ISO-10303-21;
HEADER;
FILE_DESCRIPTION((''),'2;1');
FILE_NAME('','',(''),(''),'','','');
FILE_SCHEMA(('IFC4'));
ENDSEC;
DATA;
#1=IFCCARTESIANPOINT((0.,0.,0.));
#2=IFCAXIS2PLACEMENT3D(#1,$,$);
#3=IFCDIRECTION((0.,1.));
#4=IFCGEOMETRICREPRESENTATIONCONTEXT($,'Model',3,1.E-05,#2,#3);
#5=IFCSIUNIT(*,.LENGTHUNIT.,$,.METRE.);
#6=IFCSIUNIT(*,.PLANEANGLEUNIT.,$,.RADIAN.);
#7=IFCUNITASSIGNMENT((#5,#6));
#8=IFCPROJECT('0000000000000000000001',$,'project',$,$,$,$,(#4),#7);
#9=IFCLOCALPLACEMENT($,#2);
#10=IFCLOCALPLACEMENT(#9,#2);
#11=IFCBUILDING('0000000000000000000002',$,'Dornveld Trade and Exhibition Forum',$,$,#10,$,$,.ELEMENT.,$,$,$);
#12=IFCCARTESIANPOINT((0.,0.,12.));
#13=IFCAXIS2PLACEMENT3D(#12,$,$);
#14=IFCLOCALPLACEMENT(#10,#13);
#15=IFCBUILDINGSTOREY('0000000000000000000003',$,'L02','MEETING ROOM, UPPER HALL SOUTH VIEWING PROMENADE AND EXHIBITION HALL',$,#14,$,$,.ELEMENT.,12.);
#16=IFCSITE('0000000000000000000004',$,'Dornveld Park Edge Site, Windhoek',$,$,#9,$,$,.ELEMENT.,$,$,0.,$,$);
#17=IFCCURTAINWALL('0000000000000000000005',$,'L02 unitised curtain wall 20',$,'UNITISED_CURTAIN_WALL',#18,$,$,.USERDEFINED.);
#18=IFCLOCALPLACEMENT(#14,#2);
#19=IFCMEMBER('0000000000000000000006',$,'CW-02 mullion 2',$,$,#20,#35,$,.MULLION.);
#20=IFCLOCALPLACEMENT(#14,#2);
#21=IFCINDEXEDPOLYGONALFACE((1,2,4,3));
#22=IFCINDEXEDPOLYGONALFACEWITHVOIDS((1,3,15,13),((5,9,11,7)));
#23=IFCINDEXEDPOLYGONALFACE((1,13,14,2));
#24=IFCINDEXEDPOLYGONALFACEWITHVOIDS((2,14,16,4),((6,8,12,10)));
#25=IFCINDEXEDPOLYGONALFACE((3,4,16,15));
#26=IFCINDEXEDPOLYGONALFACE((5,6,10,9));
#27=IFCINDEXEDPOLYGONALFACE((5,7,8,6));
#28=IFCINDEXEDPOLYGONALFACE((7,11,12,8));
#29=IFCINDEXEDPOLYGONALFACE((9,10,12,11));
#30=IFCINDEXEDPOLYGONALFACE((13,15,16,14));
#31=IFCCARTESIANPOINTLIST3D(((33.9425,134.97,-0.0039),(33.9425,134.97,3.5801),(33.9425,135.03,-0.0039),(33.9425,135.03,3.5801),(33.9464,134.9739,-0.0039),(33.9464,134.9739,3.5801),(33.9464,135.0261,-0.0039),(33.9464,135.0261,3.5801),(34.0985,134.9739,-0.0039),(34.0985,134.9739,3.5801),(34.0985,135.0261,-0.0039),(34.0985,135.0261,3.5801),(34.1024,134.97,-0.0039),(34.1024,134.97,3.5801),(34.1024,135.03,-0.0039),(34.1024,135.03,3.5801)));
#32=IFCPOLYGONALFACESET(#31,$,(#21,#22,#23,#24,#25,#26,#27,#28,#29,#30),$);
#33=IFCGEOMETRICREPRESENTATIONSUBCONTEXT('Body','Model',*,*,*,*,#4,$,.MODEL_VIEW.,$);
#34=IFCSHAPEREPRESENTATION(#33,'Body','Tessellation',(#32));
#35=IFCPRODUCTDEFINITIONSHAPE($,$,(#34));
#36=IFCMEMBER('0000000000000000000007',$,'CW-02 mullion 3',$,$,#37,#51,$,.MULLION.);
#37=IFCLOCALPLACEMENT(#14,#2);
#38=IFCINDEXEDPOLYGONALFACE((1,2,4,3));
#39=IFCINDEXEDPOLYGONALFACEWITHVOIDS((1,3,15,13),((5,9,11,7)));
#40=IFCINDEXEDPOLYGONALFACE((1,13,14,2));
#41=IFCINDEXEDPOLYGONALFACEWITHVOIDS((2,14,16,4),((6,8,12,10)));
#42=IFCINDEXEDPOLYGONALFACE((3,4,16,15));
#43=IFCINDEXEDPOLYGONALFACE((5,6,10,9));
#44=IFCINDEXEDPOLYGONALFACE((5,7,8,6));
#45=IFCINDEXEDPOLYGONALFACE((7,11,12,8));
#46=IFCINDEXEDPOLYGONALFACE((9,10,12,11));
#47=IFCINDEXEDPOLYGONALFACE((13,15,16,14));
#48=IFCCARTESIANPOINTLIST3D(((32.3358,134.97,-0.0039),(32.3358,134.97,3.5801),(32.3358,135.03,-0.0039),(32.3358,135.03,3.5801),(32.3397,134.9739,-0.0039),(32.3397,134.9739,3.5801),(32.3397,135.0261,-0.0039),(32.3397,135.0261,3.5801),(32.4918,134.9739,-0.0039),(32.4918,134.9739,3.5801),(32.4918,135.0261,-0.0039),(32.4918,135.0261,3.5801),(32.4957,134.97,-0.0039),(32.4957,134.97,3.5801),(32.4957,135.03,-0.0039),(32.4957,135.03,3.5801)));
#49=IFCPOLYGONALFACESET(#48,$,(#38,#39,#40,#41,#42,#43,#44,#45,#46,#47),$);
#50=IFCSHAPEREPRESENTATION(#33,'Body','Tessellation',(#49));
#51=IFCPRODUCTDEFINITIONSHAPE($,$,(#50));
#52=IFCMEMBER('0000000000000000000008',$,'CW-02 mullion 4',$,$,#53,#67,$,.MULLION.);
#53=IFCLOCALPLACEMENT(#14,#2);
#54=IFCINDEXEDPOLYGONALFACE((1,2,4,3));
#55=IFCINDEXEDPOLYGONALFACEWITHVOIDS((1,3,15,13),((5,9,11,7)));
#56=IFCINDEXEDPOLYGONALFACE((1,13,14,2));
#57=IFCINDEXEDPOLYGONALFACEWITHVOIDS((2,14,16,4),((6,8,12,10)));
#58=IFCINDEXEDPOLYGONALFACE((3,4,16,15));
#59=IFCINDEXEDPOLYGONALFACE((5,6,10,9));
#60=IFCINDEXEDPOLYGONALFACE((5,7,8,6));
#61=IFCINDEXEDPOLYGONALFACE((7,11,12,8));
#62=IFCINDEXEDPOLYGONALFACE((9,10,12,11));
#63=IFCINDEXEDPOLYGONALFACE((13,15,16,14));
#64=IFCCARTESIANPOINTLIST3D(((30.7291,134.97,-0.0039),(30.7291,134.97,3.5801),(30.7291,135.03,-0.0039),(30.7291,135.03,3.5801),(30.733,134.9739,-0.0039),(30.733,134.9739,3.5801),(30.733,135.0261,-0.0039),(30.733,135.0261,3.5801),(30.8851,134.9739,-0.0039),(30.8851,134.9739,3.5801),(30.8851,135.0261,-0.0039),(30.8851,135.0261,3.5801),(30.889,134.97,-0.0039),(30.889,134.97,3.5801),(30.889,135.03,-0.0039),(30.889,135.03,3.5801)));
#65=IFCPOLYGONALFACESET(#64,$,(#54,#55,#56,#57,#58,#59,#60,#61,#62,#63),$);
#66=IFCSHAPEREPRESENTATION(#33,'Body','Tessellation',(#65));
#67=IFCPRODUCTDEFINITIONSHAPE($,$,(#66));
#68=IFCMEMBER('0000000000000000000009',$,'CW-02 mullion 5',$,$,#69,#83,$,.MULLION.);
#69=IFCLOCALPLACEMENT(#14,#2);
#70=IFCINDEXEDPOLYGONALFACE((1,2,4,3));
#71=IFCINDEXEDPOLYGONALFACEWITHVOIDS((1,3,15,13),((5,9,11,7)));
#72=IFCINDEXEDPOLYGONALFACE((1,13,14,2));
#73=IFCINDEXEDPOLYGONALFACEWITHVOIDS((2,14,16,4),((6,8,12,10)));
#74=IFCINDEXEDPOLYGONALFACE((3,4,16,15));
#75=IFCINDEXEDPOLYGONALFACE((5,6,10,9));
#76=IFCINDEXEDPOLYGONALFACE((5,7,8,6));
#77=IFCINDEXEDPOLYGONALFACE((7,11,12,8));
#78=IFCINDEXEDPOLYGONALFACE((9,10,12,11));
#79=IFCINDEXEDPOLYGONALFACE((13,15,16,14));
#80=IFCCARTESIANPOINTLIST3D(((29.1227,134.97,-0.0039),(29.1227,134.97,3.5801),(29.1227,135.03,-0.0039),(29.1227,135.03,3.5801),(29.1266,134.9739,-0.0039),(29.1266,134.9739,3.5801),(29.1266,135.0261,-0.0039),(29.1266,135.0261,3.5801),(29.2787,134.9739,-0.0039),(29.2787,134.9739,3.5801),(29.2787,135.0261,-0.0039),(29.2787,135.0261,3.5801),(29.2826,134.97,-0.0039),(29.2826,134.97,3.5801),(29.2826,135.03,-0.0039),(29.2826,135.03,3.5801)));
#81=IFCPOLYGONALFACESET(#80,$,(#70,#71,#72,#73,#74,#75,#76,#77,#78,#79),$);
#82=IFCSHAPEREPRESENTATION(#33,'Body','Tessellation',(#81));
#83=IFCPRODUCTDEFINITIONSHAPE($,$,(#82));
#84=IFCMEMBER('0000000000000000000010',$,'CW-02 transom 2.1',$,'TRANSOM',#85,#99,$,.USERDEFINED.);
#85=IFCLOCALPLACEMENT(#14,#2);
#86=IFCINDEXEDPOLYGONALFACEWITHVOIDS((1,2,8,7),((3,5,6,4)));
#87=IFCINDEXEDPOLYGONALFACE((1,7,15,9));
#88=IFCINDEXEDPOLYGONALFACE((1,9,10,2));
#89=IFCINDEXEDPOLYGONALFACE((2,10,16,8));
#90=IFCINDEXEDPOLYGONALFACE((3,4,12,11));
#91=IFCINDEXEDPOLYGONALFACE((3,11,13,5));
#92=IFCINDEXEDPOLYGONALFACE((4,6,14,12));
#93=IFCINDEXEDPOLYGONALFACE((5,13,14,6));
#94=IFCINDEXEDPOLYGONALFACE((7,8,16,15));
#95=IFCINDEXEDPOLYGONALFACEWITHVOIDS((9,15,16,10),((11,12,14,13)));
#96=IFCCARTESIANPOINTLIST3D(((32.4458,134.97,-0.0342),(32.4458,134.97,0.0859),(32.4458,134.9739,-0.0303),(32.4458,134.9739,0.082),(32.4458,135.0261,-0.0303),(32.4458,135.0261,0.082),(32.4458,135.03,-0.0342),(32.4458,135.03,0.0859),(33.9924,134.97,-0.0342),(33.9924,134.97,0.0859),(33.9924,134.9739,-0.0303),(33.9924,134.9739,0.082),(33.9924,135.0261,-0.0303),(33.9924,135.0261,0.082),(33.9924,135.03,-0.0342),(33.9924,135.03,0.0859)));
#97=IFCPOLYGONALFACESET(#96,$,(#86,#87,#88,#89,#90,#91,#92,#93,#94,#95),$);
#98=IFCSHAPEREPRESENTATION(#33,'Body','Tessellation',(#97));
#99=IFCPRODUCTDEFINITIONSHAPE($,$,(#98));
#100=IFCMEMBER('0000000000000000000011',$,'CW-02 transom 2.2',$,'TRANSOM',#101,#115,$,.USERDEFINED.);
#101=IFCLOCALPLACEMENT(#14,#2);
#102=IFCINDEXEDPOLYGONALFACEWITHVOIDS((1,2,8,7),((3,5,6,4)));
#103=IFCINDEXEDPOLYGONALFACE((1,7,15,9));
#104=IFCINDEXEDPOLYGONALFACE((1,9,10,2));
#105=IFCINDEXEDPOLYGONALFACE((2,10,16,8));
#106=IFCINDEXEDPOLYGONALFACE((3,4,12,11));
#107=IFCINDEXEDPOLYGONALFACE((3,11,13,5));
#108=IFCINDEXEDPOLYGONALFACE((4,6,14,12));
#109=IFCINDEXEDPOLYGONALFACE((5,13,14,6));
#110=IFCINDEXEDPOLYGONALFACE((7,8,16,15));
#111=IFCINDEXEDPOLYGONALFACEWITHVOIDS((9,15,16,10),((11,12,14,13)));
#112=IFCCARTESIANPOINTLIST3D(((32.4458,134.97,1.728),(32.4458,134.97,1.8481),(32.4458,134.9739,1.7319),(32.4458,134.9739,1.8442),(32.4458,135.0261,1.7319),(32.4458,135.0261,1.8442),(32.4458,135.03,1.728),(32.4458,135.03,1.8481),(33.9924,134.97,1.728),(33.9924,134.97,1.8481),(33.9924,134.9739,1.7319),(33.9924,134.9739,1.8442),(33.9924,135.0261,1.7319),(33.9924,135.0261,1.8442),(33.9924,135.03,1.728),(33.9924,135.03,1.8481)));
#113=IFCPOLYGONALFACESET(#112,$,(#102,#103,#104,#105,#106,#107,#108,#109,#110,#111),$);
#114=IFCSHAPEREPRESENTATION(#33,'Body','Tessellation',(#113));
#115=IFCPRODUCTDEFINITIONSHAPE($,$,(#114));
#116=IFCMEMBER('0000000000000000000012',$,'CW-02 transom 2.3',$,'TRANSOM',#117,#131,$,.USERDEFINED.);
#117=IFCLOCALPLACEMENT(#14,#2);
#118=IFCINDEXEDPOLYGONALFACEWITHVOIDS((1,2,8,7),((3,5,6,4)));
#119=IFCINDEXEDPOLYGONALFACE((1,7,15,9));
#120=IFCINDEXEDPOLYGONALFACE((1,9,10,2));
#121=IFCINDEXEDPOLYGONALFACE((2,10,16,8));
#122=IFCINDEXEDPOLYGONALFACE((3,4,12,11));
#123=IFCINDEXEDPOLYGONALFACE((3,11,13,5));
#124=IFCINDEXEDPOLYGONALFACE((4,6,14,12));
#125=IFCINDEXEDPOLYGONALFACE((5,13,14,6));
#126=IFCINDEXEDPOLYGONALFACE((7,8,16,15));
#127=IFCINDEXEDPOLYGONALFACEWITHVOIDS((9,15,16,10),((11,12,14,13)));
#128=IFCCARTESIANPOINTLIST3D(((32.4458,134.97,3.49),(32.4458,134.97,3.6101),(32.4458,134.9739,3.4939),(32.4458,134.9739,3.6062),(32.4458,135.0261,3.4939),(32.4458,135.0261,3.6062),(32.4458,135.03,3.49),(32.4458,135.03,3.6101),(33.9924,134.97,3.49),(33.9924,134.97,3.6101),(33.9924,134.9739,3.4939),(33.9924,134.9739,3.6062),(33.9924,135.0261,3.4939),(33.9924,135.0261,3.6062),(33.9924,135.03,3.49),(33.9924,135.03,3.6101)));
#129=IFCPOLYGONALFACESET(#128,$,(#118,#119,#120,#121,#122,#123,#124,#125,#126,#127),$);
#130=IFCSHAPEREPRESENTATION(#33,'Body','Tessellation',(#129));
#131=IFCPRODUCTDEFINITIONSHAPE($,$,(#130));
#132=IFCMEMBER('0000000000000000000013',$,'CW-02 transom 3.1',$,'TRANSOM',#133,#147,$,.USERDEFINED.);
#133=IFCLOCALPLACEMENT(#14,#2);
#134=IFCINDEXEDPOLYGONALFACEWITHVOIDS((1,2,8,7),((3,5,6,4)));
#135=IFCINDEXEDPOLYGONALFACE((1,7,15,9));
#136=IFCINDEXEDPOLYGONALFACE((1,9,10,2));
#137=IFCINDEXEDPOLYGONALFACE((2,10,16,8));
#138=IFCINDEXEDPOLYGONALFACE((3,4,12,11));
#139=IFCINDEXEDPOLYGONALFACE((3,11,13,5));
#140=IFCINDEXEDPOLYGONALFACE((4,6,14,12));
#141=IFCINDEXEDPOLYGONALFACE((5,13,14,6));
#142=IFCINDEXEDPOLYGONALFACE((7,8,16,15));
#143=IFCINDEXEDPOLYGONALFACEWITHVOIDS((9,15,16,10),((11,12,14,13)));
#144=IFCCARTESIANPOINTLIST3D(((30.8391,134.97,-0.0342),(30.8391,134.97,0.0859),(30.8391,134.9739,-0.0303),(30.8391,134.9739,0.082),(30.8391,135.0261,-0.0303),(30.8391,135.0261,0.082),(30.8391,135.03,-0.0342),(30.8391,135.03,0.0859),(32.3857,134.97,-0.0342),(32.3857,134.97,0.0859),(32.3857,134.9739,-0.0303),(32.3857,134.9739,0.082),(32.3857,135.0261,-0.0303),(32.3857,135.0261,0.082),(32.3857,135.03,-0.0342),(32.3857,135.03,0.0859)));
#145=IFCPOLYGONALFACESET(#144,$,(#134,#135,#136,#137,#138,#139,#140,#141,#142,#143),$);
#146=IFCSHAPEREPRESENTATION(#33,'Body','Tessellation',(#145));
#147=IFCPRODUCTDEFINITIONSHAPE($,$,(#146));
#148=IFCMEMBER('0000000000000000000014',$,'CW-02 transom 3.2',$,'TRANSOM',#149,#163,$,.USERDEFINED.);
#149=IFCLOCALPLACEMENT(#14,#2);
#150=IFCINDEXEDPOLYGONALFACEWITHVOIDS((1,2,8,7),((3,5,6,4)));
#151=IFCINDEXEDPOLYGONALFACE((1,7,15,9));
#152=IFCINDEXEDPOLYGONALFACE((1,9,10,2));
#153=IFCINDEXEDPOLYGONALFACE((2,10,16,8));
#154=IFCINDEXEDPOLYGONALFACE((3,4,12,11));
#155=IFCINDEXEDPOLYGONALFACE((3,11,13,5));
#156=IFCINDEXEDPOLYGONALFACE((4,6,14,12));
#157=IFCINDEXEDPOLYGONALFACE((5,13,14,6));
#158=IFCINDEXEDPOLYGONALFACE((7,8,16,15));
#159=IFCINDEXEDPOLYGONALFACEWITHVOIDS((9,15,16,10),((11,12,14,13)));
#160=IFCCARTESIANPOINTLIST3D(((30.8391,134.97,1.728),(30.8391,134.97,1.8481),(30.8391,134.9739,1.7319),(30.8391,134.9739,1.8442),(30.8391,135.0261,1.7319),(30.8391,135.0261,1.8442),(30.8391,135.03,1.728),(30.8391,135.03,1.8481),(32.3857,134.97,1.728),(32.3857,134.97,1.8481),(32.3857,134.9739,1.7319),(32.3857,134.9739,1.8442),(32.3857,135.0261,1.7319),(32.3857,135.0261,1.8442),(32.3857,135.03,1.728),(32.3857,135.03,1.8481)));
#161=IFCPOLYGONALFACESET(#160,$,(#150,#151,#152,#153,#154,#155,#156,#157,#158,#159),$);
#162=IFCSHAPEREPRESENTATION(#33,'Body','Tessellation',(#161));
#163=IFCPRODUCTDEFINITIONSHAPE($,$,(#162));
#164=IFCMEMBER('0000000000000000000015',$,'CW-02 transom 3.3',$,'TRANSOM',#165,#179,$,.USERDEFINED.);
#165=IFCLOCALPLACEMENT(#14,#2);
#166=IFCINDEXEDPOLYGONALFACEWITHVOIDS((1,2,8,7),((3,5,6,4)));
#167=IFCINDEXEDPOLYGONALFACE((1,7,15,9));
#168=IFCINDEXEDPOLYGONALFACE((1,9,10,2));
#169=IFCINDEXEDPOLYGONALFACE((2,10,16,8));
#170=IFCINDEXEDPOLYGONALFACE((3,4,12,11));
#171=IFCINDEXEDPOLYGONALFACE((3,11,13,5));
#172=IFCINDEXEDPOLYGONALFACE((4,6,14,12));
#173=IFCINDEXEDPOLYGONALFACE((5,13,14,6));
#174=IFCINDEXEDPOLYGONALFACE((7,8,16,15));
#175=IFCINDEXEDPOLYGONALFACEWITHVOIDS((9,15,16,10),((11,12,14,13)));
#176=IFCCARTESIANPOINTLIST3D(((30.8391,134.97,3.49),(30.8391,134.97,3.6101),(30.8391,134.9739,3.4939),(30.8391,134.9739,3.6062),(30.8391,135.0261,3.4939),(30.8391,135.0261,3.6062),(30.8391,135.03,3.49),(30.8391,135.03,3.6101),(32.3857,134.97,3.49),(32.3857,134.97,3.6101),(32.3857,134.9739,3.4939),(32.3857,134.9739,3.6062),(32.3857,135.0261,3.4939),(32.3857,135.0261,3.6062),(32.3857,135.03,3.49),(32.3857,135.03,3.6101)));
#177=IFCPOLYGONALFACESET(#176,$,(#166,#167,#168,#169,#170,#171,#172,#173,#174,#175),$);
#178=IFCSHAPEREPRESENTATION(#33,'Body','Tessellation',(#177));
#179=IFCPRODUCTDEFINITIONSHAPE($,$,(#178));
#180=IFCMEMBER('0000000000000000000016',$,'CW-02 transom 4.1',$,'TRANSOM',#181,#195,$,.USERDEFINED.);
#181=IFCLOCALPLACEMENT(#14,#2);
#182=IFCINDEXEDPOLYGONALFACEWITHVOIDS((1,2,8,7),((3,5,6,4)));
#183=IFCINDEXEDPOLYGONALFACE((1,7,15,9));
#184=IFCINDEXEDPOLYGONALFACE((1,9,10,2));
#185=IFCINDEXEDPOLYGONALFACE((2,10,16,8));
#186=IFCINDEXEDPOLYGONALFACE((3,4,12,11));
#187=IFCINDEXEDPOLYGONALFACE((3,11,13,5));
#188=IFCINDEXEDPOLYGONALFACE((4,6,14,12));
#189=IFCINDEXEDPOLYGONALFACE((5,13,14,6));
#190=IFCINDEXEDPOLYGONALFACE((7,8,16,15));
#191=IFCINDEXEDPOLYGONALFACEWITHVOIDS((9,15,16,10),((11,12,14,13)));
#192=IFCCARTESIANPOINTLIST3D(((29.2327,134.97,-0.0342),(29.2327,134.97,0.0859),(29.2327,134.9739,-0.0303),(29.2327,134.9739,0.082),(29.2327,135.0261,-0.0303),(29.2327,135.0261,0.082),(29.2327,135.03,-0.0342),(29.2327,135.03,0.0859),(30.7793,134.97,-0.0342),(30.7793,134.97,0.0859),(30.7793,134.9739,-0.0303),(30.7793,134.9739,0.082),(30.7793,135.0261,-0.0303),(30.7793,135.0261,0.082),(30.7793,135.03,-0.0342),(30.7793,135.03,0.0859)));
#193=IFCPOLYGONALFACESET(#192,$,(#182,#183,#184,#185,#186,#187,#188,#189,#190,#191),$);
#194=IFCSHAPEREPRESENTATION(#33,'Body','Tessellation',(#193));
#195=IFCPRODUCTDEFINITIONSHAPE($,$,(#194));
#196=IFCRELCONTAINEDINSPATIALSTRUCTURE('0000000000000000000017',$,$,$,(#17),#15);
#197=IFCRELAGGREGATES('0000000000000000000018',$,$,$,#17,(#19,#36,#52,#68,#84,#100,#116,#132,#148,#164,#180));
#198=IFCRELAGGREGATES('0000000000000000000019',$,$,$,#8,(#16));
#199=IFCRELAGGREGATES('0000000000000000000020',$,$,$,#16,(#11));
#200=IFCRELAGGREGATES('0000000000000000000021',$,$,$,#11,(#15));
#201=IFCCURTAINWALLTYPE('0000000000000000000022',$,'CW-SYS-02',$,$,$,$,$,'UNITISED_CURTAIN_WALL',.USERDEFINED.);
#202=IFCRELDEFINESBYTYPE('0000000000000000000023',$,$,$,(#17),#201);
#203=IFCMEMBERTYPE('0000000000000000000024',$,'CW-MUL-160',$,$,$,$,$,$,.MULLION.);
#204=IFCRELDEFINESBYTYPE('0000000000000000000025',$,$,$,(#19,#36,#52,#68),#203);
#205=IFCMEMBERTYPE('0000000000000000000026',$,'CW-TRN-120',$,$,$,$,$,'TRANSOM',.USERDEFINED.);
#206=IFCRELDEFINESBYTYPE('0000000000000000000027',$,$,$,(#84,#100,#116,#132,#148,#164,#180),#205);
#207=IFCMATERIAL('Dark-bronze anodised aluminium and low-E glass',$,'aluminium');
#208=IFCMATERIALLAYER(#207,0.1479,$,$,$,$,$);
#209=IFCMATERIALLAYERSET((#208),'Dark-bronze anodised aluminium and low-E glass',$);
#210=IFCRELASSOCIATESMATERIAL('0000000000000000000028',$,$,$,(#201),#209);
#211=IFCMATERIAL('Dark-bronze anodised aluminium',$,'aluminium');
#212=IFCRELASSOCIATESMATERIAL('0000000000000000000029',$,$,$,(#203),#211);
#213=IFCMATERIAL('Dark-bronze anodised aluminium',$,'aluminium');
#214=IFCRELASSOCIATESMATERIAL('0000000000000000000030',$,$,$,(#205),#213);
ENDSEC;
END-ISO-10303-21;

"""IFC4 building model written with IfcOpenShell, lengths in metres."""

from ifc_helpers import new_model, si_unit, direction, frame, origin, origin_2d, place, context, subcontext, project, spatial, hollow_rectangle, extrude, material, layer, layer_set, material_profile, profile_set, type_object, element, aggregate, save


model = new_model("IFC4")

# Units and contexts
model_context = context("Model", 3, precision=1e-05, world=origin(), true_north=direction((0.0, 1.0)))
body_context = subcontext(model_context, "Body", "Model", "MODEL_VIEW")
ifc_project = project(units=[si_unit("LENGTHUNIT", "METRE"), si_unit("PLANEANGLEUNIT", "RADIAN")], contexts=[model_context])

# Site, building, storey
site_placement = place(None, origin())
site = spatial("IfcSite", under=ifc_project, at=site_placement, Name="Dornveld Park Edge Site, Windhoek", CompositionType="ELEMENT", RefElevation=0.0)
building_placement = place(site_placement, origin())
building = spatial("IfcBuilding", under=site, at=building_placement, Name="Dornveld Trade and Exhibition Forum", CompositionType="ELEMENT")
storey_placement = place(building_placement, frame((0.0, 0.0, 12.0)))
storey = spatial("IfcBuildingStorey", under=building, at=storey_placement, Name="L02", Description="MEETING ROOM, UPPER HALL SOUTH VIEWING PROMENADE AND EXHIBITION HALL", CompositionType="ELEMENT", Elevation=12.0)

# Curtain wall, members
ifc_material_1 = material(Name="Dark-bronze anodised aluminium and low-E glass", Category="aluminium")
ifc_layer_1 = layer(ifc_material_1, 0.1479)
ifc_layer_set_1 = layer_set([ifc_layer_1], Name="Dark-bronze anodised aluminium and low-E glass")
curtain_wall_type = type_object("IfcCurtainWallType", Name="CW-SYS-02", ElementType="UNITISED_CURTAIN_WALL", PredefinedType="USERDEFINED", material=ifc_layer_set_1)
curtain_wall_placement = place(storey_placement, origin())
curtain_wall = element("IfcCurtainWall", 1, at=curtain_wall_placement, inside=storey, type_object=curtain_wall_type, Name="L02 unitised curtain wall 20", ObjectType="UNITISED_CURTAIN_WALL", PredefinedType="USERDEFINED")
ifc_material_2 = material(Name="Dark-bronze anodised aluminium", Category="aluminium")
ifc_material_profile_1 = material_profile(ifc_material_2, hollow_rectangle(XDim=0.0601, YDim=0.1599, WallThickness=0.0039, at=origin_2d()), Name="RHS 160x60x4")
ifc_profile_set_1 = profile_set([ifc_material_profile_1], Name="Dark-bronze anodised aluminium")
member_type_1 = type_object("IfcMemberType", Name="CW-MUL-160", PredefinedType="MULLION", material=ifc_profile_set_1)
member_1_placement = place(storey_placement, frame((34.0225, 135.0, -0.0039), z_axis=(0.0, 0.0, 1.0), x_axis=(0.0, -1.0, 0.0)))
member_1 = element("IfcMember", 2, at=member_1_placement, type_object=member_type_1, Name="CW-02 mullion 2", PredefinedType="MULLION", context=body_context, shape_type="SweptSolid", body=[
    extrude(hollow_rectangle(XDim=0.0601, YDim=0.1599, WallThickness=0.0039, at=origin_2d()), origin(), (0.0, 0.0, 1.0), 3.584),
])
member_2_placement = place(storey_placement, frame((32.4158, 135.0, -0.0039), z_axis=(0.0, 0.0, 1.0), x_axis=(0.0, -1.0, 0.0)))
member_2 = element("IfcMember", 3, at=member_2_placement, type_object=member_type_1, Name="CW-02 mullion 3", PredefinedType="MULLION", context=body_context, shape_type="SweptSolid", body=[
    extrude(hollow_rectangle(XDim=0.0601, YDim=0.1599, WallThickness=0.0039, at=origin_2d()), origin(), (0.0, 0.0, 1.0), 3.584),
])
member_3_placement = place(storey_placement, frame((30.8091, 135.0, -0.0039), z_axis=(0.0, 0.0, 1.0), x_axis=(0.0, -1.0, 0.0)))
member_3 = element("IfcMember", 4, at=member_3_placement, type_object=member_type_1, Name="CW-02 mullion 4", PredefinedType="MULLION", context=body_context, shape_type="SweptSolid", body=[
    extrude(hollow_rectangle(XDim=0.0601, YDim=0.1599, WallThickness=0.0039, at=origin_2d()), origin(), (0.0, 0.0, 1.0), 3.584),
])
member_4_placement = place(storey_placement, frame((29.2026, 135.0, -0.0039), z_axis=(0.0, 0.0, 1.0), x_axis=(0.0, -1.0, 0.0)))
member_4 = element("IfcMember", 5, at=member_4_placement, type_object=member_type_1, Name="CW-02 mullion 5", PredefinedType="MULLION", context=body_context, shape_type="SweptSolid", body=[
    extrude(hollow_rectangle(XDim=0.0601, YDim=0.1599, WallThickness=0.0039, at=origin_2d()), origin(), (0.0, 0.0, 1.0), 3.584),
])
ifc_material_3 = material(Name="Dark-bronze anodised aluminium", Category="aluminium")
ifc_material_profile_2 = material_profile(ifc_material_3, hollow_rectangle(XDim=0.0601, YDim=0.1201, WallThickness=0.0039, at=origin_2d()), Name="RHS 120x60x4")
ifc_profile_set_2 = profile_set([ifc_material_profile_2], Name="Dark-bronze anodised aluminium")
member_type_2 = type_object("IfcMemberType", Name="CW-TRN-120", ElementType="TRANSOM", PredefinedType="USERDEFINED", material=ifc_profile_set_2)
member_5_placement = place(storey_placement, frame((33.9924, 135.0, 0.0259), z_axis=(-1.0, 0.0, 0.0), x_axis=(0.0, -1.0, 0.0)))
member_5 = element("IfcMember", 6, at=member_5_placement, type_object=member_type_2, Name="CW-02 transom 2.1", ObjectType="TRANSOM", PredefinedType="USERDEFINED", context=body_context, shape_type="SweptSolid", body=[
    extrude(hollow_rectangle(XDim=0.0601, YDim=0.1201, WallThickness=0.0039, at=origin_2d()), origin(), (0.0, 0.0, 1.0), 1.5466),
])
member_6_placement = place(storey_placement, frame((33.9924, 135.0, 1.7881), z_axis=(-1.0, 0.0, 0.0), x_axis=(0.0, -1.0, 0.0)))
member_6 = element("IfcMember", 7, at=member_6_placement, type_object=member_type_2, Name="CW-02 transom 2.2", ObjectType="TRANSOM", PredefinedType="USERDEFINED", context=body_context, shape_type="SweptSolid", body=[
    extrude(hollow_rectangle(XDim=0.0601, YDim=0.1201, WallThickness=0.0039, at=origin_2d()), origin(), (0.0, 0.0, 1.0), 1.5466),
])
member_7_placement = place(storey_placement, frame((33.9924, 135.0, 3.55), z_axis=(-1.0, 0.0, 0.0), x_axis=(0.0, -1.0, 0.0)))
member_7 = element("IfcMember", 8, at=member_7_placement, type_object=member_type_2, Name="CW-02 transom 2.3", ObjectType="TRANSOM", PredefinedType="USERDEFINED", context=body_context, shape_type="SweptSolid", body=[
    extrude(hollow_rectangle(XDim=0.0601, YDim=0.1201, WallThickness=0.0039, at=origin_2d()), origin(), (0.0, 0.0, 1.0), 1.5466),
])
member_8_placement = place(storey_placement, frame((32.3857, 135.0, 0.0259), z_axis=(-1.0, 0.0, 0.0), x_axis=(0.0, -1.0, 0.0)))
member_8 = element("IfcMember", 9, at=member_8_placement, type_object=member_type_2, Name="CW-02 transom 3.1", ObjectType="TRANSOM", PredefinedType="USERDEFINED", context=body_context, shape_type="SweptSolid", body=[
    extrude(hollow_rectangle(XDim=0.0601, YDim=0.1201, WallThickness=0.0039, at=origin_2d()), origin(), (0.0, 0.0, 1.0), 1.5466),
])
member_9_placement = place(storey_placement, frame((32.3857, 135.0, 1.7881), z_axis=(-1.0, 0.0, 0.0), x_axis=(0.0, -1.0, 0.0)))
member_9 = element("IfcMember", 10, at=member_9_placement, type_object=member_type_2, Name="CW-02 transom 3.2", ObjectType="TRANSOM", PredefinedType="USERDEFINED", context=body_context, shape_type="SweptSolid", body=[
    extrude(hollow_rectangle(XDim=0.0601, YDim=0.1201, WallThickness=0.0039, at=origin_2d()), origin(), (0.0, 0.0, 1.0), 1.5466),
])
member_10_placement = place(storey_placement, frame((32.3857, 135.0, 3.55), z_axis=(-1.0, 0.0, 0.0), x_axis=(0.0, -1.0, 0.0)))
member_10 = element("IfcMember", 11, at=member_10_placement, type_object=member_type_2, Name="CW-02 transom 3.3", ObjectType="TRANSOM", PredefinedType="USERDEFINED", context=body_context, shape_type="SweptSolid", body=[
    extrude(hollow_rectangle(XDim=0.0601, YDim=0.1201, WallThickness=0.0039, at=origin_2d()), origin(), (0.0, 0.0, 1.0), 1.5466),
])
member_11_placement = place(storey_placement, frame((30.7793, 135.0, 0.0259), z_axis=(-1.0, 0.0, 0.0), x_axis=(0.0, -1.0, 0.0)))
member_11 = element("IfcMember", 12, at=member_11_placement, type_object=member_type_2, Name="CW-02 transom 4.1", ObjectType="TRANSOM", PredefinedType="USERDEFINED", context=body_context, shape_type="SweptSolid", body=[
    extrude(hollow_rectangle(XDim=0.0601, YDim=0.1201, WallThickness=0.0039, at=origin_2d()), origin(), (0.0, 0.0, 1.0), 1.5466),
])
aggregate(curtain_wall, [member_1, member_2, member_3, member_4, member_5, member_6, member_7, member_8, member_9, member_10, member_11])

save(model, "model.ifc")
